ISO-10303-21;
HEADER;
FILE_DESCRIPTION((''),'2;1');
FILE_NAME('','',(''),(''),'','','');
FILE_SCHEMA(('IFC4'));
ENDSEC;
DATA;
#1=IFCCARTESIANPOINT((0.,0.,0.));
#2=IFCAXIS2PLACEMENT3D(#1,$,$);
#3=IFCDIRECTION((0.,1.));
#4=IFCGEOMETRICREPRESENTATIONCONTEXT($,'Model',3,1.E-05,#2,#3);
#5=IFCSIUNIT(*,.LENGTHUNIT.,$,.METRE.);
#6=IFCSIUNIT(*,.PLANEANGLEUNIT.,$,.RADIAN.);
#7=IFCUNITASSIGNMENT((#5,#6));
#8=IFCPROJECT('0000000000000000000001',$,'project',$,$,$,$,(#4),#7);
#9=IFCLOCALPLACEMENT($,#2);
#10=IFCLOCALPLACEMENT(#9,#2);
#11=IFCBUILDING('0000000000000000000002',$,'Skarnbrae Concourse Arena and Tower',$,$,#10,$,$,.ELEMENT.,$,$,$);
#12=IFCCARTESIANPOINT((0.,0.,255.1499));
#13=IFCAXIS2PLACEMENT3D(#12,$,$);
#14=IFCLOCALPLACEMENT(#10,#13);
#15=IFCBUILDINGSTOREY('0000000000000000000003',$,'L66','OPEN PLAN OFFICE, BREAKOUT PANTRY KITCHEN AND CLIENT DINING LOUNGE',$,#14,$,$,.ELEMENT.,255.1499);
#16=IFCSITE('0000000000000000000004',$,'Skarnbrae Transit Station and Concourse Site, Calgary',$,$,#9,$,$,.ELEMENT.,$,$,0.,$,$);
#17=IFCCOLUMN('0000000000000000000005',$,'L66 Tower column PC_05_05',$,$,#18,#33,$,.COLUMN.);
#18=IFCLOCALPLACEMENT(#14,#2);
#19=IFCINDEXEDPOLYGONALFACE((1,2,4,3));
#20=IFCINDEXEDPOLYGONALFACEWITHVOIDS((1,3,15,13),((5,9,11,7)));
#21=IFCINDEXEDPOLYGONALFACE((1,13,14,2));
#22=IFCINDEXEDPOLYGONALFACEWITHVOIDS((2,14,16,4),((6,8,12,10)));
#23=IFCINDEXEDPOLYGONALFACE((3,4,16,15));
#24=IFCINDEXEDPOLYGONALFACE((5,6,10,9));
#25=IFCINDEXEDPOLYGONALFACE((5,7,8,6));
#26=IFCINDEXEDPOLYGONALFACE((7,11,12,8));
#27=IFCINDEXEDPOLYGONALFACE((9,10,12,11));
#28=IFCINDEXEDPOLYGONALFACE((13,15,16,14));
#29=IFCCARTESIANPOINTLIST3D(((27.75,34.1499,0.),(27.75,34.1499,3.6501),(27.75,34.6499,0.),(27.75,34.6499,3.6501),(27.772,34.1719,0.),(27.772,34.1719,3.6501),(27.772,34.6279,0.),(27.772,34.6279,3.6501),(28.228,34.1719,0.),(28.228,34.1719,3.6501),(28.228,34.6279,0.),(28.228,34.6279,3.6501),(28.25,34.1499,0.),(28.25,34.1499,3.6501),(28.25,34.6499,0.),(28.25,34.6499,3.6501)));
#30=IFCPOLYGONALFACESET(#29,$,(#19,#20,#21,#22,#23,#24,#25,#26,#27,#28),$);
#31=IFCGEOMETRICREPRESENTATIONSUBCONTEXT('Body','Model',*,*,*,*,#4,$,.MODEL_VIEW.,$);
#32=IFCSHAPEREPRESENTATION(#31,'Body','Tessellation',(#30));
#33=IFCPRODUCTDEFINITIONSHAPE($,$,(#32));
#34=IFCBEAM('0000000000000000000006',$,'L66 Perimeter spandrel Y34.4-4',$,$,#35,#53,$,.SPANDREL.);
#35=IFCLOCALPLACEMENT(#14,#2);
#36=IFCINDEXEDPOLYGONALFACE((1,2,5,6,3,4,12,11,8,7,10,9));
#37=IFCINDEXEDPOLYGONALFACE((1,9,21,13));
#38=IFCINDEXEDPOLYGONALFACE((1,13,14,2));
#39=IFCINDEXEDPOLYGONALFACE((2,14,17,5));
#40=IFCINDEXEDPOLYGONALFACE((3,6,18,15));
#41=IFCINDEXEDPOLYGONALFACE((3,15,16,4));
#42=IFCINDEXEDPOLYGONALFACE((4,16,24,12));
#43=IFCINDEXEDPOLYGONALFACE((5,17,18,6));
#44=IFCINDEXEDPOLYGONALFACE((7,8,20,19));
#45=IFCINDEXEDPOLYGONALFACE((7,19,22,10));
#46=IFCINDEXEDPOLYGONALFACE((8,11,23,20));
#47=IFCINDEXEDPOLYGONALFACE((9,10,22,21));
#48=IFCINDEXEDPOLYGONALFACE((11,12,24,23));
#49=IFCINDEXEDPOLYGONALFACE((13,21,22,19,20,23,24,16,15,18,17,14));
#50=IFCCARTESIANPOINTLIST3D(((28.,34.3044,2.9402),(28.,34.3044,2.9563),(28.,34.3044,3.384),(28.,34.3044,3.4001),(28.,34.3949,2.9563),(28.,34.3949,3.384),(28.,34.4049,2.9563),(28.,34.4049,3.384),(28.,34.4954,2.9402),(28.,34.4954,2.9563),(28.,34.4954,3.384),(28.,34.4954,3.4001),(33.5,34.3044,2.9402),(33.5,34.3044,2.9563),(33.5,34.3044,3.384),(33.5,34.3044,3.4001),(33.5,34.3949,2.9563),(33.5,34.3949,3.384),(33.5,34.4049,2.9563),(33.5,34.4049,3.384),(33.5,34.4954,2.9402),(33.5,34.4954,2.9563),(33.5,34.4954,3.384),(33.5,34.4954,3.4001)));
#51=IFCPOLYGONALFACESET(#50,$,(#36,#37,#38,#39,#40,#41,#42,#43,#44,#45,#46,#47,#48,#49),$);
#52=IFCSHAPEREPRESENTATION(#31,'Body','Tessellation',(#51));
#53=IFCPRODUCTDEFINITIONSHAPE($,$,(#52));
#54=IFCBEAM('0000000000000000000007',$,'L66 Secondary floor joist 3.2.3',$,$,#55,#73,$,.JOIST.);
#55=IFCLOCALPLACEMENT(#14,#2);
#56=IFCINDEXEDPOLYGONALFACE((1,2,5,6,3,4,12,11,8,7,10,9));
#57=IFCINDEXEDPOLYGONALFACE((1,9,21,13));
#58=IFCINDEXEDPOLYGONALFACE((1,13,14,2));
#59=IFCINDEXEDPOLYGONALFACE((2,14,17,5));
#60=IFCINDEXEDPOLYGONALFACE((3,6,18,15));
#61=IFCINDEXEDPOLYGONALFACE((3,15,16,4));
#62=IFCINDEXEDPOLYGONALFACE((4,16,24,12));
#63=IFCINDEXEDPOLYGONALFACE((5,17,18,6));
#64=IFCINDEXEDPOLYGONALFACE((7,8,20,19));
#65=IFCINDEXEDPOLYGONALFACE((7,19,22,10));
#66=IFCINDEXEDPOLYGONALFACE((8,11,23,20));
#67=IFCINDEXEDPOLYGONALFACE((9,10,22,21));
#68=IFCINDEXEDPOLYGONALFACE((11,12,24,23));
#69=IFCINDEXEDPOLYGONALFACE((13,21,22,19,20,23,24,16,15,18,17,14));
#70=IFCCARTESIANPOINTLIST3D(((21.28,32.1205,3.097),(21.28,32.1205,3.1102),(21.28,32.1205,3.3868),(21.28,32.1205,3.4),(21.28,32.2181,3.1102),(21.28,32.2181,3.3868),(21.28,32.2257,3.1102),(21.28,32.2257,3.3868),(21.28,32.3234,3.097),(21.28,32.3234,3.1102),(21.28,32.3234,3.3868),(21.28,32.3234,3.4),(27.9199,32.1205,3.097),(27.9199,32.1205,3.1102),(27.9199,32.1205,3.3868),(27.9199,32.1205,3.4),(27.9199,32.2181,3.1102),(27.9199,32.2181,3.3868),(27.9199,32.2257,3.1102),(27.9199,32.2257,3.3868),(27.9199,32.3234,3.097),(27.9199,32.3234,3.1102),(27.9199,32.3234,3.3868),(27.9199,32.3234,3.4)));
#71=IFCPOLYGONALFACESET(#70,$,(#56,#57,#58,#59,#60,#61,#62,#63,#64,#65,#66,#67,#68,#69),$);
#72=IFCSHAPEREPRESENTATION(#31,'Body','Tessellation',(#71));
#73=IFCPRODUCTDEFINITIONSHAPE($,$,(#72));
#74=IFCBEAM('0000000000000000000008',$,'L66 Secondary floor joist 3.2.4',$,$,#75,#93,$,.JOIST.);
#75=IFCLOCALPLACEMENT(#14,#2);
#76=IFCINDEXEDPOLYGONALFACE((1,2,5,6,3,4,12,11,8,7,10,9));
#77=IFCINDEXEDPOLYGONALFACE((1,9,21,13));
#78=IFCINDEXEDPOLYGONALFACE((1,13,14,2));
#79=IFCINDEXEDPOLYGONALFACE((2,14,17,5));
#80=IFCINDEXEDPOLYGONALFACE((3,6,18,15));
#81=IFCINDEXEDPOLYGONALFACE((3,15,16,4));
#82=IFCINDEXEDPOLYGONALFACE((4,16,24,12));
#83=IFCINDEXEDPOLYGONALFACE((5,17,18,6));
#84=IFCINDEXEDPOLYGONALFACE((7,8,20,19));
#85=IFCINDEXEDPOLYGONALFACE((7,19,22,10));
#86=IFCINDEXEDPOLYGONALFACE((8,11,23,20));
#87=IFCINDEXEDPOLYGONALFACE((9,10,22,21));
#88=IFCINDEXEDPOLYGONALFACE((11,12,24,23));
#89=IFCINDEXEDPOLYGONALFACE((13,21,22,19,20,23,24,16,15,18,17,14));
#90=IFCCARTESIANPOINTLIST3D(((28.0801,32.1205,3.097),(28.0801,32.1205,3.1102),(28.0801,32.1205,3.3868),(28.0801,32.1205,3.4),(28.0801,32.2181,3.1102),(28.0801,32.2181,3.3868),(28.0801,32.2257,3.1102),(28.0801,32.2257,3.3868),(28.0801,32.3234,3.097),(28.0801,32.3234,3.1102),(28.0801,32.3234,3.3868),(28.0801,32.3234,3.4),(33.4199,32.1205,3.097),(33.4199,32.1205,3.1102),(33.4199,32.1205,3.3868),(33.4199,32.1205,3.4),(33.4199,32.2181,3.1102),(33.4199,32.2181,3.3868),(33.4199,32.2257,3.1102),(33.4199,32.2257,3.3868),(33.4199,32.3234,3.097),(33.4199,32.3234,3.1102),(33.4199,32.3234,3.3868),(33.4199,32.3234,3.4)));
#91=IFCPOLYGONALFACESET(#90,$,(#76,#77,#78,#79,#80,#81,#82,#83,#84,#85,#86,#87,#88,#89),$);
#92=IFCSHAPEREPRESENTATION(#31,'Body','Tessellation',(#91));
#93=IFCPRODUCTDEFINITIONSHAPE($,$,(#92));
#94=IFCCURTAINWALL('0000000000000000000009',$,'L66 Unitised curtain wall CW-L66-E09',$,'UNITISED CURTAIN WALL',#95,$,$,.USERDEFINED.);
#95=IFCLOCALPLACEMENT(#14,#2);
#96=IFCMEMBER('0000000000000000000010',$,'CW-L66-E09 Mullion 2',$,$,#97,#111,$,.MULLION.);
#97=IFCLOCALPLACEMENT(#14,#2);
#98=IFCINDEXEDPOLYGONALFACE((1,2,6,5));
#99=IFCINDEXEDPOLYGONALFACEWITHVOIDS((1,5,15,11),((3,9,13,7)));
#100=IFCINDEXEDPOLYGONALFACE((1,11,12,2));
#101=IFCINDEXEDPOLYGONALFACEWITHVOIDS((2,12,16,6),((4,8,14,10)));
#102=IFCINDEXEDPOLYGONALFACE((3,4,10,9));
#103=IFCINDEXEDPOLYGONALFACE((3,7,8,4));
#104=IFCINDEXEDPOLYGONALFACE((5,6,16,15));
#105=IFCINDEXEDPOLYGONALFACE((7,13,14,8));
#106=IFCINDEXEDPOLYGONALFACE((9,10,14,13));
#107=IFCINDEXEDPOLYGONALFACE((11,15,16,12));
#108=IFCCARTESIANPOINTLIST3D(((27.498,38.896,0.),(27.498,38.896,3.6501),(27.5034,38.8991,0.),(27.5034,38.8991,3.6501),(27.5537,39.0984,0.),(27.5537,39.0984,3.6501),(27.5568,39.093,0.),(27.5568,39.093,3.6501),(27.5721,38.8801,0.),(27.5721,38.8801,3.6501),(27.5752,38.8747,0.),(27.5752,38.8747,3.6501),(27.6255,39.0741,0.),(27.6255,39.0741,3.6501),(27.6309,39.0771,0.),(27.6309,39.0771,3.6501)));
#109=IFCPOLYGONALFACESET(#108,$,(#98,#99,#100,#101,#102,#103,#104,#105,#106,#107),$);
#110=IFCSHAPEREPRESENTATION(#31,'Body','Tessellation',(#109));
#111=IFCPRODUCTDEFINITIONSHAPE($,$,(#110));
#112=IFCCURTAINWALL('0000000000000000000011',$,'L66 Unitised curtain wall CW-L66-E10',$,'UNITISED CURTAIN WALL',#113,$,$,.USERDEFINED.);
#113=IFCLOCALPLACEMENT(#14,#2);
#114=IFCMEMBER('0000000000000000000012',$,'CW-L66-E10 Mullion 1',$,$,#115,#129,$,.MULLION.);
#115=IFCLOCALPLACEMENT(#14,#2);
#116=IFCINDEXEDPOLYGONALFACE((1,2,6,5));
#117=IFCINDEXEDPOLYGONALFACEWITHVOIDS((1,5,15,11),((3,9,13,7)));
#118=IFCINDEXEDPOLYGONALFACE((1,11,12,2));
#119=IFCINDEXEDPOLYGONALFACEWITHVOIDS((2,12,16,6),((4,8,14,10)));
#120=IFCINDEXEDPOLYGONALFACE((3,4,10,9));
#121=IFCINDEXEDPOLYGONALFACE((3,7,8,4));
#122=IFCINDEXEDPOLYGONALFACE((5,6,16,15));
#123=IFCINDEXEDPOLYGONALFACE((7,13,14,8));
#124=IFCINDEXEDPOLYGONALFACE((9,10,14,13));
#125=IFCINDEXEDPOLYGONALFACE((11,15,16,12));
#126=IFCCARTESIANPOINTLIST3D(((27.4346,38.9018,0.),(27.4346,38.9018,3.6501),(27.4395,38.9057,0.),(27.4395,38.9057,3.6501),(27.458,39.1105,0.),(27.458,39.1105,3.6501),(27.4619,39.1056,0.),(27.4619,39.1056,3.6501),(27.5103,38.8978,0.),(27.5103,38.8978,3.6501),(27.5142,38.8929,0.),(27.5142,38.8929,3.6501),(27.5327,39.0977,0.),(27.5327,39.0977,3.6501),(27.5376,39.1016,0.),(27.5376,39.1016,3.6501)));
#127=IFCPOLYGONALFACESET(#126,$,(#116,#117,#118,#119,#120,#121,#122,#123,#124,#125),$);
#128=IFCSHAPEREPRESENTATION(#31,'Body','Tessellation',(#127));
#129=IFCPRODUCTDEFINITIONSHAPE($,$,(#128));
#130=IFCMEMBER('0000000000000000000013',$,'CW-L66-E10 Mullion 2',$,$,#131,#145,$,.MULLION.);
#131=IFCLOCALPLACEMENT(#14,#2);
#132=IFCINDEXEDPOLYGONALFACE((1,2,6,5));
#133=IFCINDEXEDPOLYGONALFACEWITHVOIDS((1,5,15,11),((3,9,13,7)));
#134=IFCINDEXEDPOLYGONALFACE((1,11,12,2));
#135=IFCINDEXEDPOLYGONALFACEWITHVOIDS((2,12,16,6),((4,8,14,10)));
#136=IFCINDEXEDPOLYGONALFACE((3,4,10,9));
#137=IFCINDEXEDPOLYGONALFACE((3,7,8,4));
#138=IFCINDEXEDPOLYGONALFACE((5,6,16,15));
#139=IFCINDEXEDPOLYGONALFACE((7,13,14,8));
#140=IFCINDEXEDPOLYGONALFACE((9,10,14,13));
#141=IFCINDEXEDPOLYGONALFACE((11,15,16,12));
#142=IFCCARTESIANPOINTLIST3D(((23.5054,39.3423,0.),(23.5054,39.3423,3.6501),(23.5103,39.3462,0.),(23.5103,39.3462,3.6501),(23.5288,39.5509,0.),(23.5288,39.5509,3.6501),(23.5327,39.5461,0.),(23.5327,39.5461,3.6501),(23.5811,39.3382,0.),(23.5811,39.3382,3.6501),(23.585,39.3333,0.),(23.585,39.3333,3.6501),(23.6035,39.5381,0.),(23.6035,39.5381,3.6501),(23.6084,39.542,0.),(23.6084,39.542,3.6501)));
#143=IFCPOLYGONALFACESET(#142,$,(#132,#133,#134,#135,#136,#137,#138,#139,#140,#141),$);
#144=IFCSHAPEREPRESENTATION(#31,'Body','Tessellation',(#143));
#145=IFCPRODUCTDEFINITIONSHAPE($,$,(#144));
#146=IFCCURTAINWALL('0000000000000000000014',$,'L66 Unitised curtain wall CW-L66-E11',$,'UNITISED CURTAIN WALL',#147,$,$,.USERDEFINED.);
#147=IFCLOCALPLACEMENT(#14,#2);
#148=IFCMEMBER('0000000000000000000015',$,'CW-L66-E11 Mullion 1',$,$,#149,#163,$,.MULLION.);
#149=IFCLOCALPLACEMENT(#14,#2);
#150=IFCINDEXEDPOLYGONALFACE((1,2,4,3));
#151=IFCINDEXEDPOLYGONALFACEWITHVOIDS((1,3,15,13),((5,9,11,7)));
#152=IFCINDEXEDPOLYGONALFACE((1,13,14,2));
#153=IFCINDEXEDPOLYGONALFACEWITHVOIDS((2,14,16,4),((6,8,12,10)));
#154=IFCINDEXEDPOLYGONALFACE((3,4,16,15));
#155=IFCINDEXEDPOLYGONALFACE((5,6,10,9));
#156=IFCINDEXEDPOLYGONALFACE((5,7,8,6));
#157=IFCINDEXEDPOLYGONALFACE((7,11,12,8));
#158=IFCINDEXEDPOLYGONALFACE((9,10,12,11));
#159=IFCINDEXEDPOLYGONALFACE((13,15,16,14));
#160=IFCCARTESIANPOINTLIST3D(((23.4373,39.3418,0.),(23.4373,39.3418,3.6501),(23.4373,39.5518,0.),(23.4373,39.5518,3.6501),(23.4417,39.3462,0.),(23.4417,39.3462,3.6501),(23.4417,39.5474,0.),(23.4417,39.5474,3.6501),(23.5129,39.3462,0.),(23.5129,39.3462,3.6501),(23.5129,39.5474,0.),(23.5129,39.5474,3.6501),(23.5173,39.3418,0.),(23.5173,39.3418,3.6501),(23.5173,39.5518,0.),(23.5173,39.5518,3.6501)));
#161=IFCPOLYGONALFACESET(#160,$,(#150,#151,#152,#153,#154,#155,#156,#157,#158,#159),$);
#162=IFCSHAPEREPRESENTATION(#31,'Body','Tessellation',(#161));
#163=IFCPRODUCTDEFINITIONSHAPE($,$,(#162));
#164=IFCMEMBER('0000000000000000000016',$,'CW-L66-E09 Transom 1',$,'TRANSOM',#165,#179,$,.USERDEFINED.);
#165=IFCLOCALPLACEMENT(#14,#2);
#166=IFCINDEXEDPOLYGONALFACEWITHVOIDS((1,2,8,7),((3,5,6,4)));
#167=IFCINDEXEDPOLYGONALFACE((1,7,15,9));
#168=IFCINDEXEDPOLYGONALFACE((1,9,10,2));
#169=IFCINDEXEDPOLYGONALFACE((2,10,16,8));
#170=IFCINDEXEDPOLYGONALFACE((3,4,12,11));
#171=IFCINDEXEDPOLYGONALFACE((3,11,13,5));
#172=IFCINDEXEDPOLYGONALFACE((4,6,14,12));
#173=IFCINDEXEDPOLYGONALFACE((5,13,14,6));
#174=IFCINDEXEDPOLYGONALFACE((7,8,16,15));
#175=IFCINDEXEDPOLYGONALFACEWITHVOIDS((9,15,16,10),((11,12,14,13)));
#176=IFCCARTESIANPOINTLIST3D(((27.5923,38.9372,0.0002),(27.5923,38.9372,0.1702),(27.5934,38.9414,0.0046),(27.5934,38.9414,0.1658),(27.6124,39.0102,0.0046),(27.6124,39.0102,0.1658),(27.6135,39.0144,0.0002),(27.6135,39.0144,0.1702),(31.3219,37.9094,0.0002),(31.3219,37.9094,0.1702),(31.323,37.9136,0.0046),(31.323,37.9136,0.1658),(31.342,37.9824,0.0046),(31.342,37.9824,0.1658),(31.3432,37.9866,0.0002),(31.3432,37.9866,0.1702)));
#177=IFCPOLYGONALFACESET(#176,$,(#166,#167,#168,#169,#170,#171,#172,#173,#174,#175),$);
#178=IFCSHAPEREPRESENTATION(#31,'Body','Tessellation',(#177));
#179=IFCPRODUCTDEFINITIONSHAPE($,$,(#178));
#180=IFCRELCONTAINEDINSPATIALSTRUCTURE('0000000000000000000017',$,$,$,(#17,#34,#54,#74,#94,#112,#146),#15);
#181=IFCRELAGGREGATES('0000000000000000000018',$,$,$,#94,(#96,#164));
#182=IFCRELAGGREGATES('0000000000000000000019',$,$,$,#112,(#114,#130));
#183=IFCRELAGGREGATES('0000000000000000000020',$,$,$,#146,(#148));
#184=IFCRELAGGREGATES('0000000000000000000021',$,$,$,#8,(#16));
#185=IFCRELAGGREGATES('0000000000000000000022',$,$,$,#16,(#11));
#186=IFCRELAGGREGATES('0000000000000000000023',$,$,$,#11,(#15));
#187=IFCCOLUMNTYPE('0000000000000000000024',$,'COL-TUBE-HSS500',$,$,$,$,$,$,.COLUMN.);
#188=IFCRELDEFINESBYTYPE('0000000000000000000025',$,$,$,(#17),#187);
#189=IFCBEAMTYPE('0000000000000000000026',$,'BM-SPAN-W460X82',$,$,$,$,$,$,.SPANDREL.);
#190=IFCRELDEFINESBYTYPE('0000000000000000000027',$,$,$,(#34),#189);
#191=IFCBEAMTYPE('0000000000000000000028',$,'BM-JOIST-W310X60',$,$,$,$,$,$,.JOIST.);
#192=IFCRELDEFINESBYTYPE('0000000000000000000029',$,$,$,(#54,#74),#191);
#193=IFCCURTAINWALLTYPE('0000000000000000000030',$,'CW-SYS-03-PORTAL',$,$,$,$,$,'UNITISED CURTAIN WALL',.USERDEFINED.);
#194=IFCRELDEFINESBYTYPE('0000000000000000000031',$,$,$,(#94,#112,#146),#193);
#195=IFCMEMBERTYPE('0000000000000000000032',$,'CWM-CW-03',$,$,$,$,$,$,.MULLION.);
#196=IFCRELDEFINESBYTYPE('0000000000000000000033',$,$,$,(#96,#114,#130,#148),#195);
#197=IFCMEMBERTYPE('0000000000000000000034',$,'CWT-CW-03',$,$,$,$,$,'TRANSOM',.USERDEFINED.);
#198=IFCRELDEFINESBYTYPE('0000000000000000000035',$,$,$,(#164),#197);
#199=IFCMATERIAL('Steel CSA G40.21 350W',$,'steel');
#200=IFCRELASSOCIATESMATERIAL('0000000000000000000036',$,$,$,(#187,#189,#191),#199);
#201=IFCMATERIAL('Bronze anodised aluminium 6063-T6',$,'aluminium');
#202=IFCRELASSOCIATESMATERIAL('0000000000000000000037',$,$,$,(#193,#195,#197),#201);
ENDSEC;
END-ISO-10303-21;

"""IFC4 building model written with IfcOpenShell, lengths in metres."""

from ifc_helpers import new_model, si_unit, direction, frame, origin, origin_2d, place, context, subcontext, project, spatial, hollow_rectangle, i_section, extrude, source, transform, mapped, material, material_profile, profile_set, type_object, element, aggregate, save


model = new_model("IFC4")

# Units and contexts
model_context = context("Model", 3, precision=1e-05, world=origin(), true_north=direction((0.0, 1.0)))
body_context = subcontext(model_context, "Body", "Model", "MODEL_VIEW")
ifc_project = project(units=[si_unit("LENGTHUNIT", "METRE"), si_unit("PLANEANGLEUNIT", "RADIAN")], contexts=[model_context])

# Site, building, storey
site_placement = place(None, origin())
site = spatial("IfcSite", under=ifc_project, at=site_placement, Name="Skarnbrae Transit Station and Concourse Site, Calgary", CompositionType="ELEMENT", RefElevation=0.0)
building_placement = place(site_placement, origin())
building = spatial("IfcBuilding", under=site, at=building_placement, Name="Skarnbrae Concourse Arena and Tower", CompositionType="ELEMENT")
storey_placement = place(building_placement, frame((0.0, 0.0, 255.1499)))
storey = spatial("IfcBuildingStorey", under=building, at=storey_placement, Name="L66", Description="OPEN PLAN OFFICE, BREAKOUT PANTRY KITCHEN AND CLIENT DINING LOUNGE", CompositionType="ELEMENT", Elevation=255.1499)

# Column
ifc_material_1 = material(Name="Steel CSA G40.21 350W", Category="steel")
ifc_material_profile_1 = material_profile(ifc_material_1, hollow_rectangle(XDim=0.5, YDim=0.5, WallThickness=0.022, at=origin_2d()), Name="HSS500X500X22.0")
ifc_profile_set_1 = profile_set([ifc_material_profile_1], Name="Steel CSA G40.21 350W")
column_type = type_object("IfcColumnType", Name="COL-TUBE-HSS500", PredefinedType="COLUMN", material=ifc_profile_set_1)
shared_shape_1 = source(origin(), body_context, "Body", "SweptSolid", [
    extrude(hollow_rectangle(XDim=0.5, YDim=0.5, WallThickness=0.022, at=origin_2d()), origin(), (0.0, 0.0, 1.0), 3.6501),
])
column_placement = place(storey_placement, frame((28.0, 34.3999, 0.0), z_axis=(0.0, 0.0, 1.0), x_axis=(1.0, 0.0, 0.0)))
element("IfcColumn", 1, at=column_placement, inside=storey, type_object=column_type, Name="L66 Tower column PC_05_05", PredefinedType="COLUMN", context=body_context, shape_type="MappedRepresentation", body=[
    mapped(shared_shape_1, transform((0.0, 0.0, 0.0))),
])

# Beams
ifc_material_profile_2 = material_profile(ifc_material_1, i_section(OverallWidth=0.1909, OverallDepth=0.46, WebThickness=0.01, FlangeThickness=0.0161, at=origin_2d()), Name="W460X82")
ifc_profile_set_2 = profile_set([ifc_material_profile_2], Name="Steel CSA G40.21 350W")
beam_type_1 = type_object("IfcBeamType", Name="BM-SPAN-W460X82", PredefinedType="SPANDREL", material=ifc_profile_set_2)
shared_shape_2 = source(origin(), body_context, "Body", "SweptSolid", [
    extrude(i_section(OverallWidth=0.1909, OverallDepth=0.46, WebThickness=0.01, FlangeThickness=0.0161, at=origin_2d()), origin(), (0.0, 0.0, 1.0), 5.5),
])
beam_1_placement = place(storey_placement, frame((28.0, 34.3999, 3.1702), z_axis=(1.0, 0.0, 0.0), x_axis=(0.0, 1.0, 0.0)))
element("IfcBeam", 2, at=beam_1_placement, inside=storey, type_object=beam_type_1, Name="L66 Perimeter spandrel Y34.4-4", PredefinedType="SPANDREL", context=body_context, shape_type="MappedRepresentation", body=[
    mapped(shared_shape_2, transform((0.0, 0.0, 0.0))),
])
ifc_material_profile_3 = material_profile(ifc_material_1, i_section(OverallWidth=0.2029, OverallDepth=0.303, WebThickness=0.0076, FlangeThickness=0.0132, at=origin_2d()), Name="W310X60")
ifc_profile_set_3 = profile_set([ifc_material_profile_3], Name="Steel CSA G40.21 350W")
beam_type_2 = type_object("IfcBeamType", Name="BM-JOIST-W310X60", PredefinedType="JOIST", material=ifc_profile_set_3)
shared_shape_3 = source(origin(), body_context, "Body", "SweptSolid", [
    extrude(i_section(OverallWidth=0.2029, OverallDepth=0.303, WebThickness=0.0076, FlangeThickness=0.0132, at=origin_2d()), origin(), (0.0, 0.0, 1.0), 6.6399),
])
beam_2_placement = place(storey_placement, frame((21.28, 32.2219, 3.2485), z_axis=(1.0, 0.0, 0.0), x_axis=(0.0, 1.0, 0.0)))
element("IfcBeam", 3, at=beam_2_placement, inside=storey, type_object=beam_type_2, Name="L66 Secondary floor joist 3.2.3", PredefinedType="JOIST", context=body_context, shape_type="MappedRepresentation", body=[
    mapped(shared_shape_3, transform((0.0, 0.0, 0.0))),
])
shared_shape_4 = source(origin(), body_context, "Body", "SweptSolid", [
    extrude(i_section(OverallWidth=0.2029, OverallDepth=0.303, WebThickness=0.0076, FlangeThickness=0.0132, at=origin_2d()), origin(), (0.0, 0.0, 1.0), 5.3398),
])
beam_3_placement = place(storey_placement, frame((28.0801, 32.2219, 3.2485), z_axis=(1.0, 0.0, 0.0), x_axis=(0.0, 1.0, 0.0)))
element("IfcBeam", 4, at=beam_3_placement, inside=storey, type_object=beam_type_2, Name="L66 Secondary floor joist 3.2.4", PredefinedType="JOIST", context=body_context, shape_type="MappedRepresentation", body=[
    mapped(shared_shape_4, transform((0.0, 0.0, 0.0))),
])

# Curtain wall, member
ifc_material_2 = material(Name="Bronze anodised aluminium 6063-T6", Category="aluminium")
curtain_wall_type = type_object("IfcCurtainWallType", Name="CW-SYS-03-PORTAL", ElementType="UNITISED CURTAIN WALL", PredefinedType="USERDEFINED", material=ifc_material_2)
curtain_wall_1_placement = place(storey_placement, origin())
curtain_wall_1 = element("IfcCurtainWall", 5, at=curtain_wall_1_placement, inside=storey, type_object=curtain_wall_type, Name="L66 Unitised curtain wall CW-L66-E09", ObjectType="UNITISED CURTAIN WALL", PredefinedType="USERDEFINED")
ifc_material_profile_4 = material_profile(ifc_material_2, hollow_rectangle(XDim=0.0801, YDim=0.21, WallThickness=0.0044, at=origin_2d()), Name="ALU-MULL-80X210")
ifc_profile_set_4 = profile_set([ifc_material_profile_4], Name="Bronze anodised aluminium 6063-T6")
member_type_1 = type_object("IfcMemberType", Name="CWM-CW-03", PredefinedType="MULLION", material=ifc_profile_set_4)
shared_shape_5 = source(origin(), body_context, "Body", "SweptSolid", [
    extrude(hollow_rectangle(XDim=0.0801, YDim=0.21, WallThickness=0.0044, at=origin_2d()), origin(), (0.0, 0.0, 1.0), 3.6501),
])
member_1_placement = place(storey_placement, frame((27.5645, 38.9866, 0.0), z_axis=(0.0, 0.0, 1.0), x_axis=(-0.964057, 0.265694, 0.0)))
member_1 = element("IfcMember", 6, at=member_1_placement, type_object=member_type_1, Name="CW-L66-E09 Mullion 2", PredefinedType="MULLION", context=body_context, shape_type="MappedRepresentation", body=[
    mapped(shared_shape_5, transform((0.0, 0.0, 0.0))),
])

# Curtain wall, members
curtain_wall_2_placement = place(storey_placement, origin())
curtain_wall_2 = element("IfcCurtainWall", 7, at=curtain_wall_2_placement, inside=storey, type_object=curtain_wall_type, Name="L66 Unitised curtain wall CW-L66-E10", ObjectType="UNITISED CURTAIN WALL", PredefinedType="USERDEFINED")
member_2_placement = place(storey_placement, frame((27.4861, 39.0017, 0.0), z_axis=(0.0, 0.0, 1.0), x_axis=(-0.993769, 0.11146, 0.0)))
member_2 = element("IfcMember", 8, at=member_2_placement, type_object=member_type_1, Name="CW-L66-E10 Mullion 1", PredefinedType="MULLION", context=body_context, shape_type="MappedRepresentation", body=[
    mapped(shared_shape_5, transform((0.0, 0.0, 0.0))),
])
member_3_placement = place(storey_placement, frame((23.5569, 39.4421, 0.0), z_axis=(0.0, 0.0, 1.0), x_axis=(-0.993769, 0.11146, 0.0)))
member_3 = element("IfcMember", 9, at=member_3_placement, type_object=member_type_1, Name="CW-L66-E10 Mullion 2", PredefinedType="MULLION", context=body_context, shape_type="MappedRepresentation", body=[
    mapped(shared_shape_5, transform((0.0, 0.0, 0.0))),
])

# Curtain wall, member
curtain_wall_3_placement = place(storey_placement, origin())
curtain_wall_3 = element("IfcCurtainWall", 10, at=curtain_wall_3_placement, inside=storey, type_object=curtain_wall_type, Name="L66 Unitised curtain wall CW-L66-E11", ObjectType="UNITISED CURTAIN WALL", PredefinedType="USERDEFINED")
member_4_placement = place(storey_placement, frame((23.4773, 39.4468, 0.0), z_axis=(0.0, 0.0, 1.0), x_axis=(-1.0, 0.0, 0.0)))
member_4 = element("IfcMember", 11, at=member_4_placement, type_object=member_type_1, Name="CW-L66-E11 Mullion 1", PredefinedType="MULLION", context=body_context, shape_type="MappedRepresentation", body=[
    mapped(shared_shape_5, transform((0.0, 0.0, 0.0))),
])

# Member
ifc_material_profile_5 = material_profile(ifc_material_2, hollow_rectangle(XDim=0.0801, YDim=0.1699, WallThickness=0.0044, at=origin_2d()), Name="ALU-TRAN-80X170")
ifc_profile_set_5 = profile_set([ifc_material_profile_5], Name="Bronze anodised aluminium 6063-T6")
member_type_2 = type_object("IfcMemberType", Name="CWT-CW-03", ElementType="TRANSOM", PredefinedType="USERDEFINED", material=ifc_profile_set_5)
shared_shape_6 = source(origin(), body_context, "Body", "SweptSolid", [
    extrude(hollow_rectangle(XDim=0.0801, YDim=0.1699, WallThickness=0.0044, at=origin_2d()), origin(), (0.0, 0.0, 1.0), 3.8687),
])
member_5_placement = place(storey_placement, frame((31.3325, 37.948, 0.0852), z_axis=(-0.964063, 0.265674, 0.0), x_axis=(-0.265674, -0.964063, 0.0)))
member_5 = element("IfcMember", 12, at=member_5_placement, type_object=member_type_2, Name="CW-L66-E09 Transom 1", ObjectType="TRANSOM", PredefinedType="USERDEFINED", context=body_context, shape_type="MappedRepresentation", body=[
    mapped(shared_shape_6, transform((0.0, 0.0, 0.0))),
])

aggregate(curtain_wall_1, [member_1, member_5])
aggregate(curtain_wall_2, [member_2, member_3])
aggregate(curtain_wall_3, [member_4])

save(model, "model.ifc")
